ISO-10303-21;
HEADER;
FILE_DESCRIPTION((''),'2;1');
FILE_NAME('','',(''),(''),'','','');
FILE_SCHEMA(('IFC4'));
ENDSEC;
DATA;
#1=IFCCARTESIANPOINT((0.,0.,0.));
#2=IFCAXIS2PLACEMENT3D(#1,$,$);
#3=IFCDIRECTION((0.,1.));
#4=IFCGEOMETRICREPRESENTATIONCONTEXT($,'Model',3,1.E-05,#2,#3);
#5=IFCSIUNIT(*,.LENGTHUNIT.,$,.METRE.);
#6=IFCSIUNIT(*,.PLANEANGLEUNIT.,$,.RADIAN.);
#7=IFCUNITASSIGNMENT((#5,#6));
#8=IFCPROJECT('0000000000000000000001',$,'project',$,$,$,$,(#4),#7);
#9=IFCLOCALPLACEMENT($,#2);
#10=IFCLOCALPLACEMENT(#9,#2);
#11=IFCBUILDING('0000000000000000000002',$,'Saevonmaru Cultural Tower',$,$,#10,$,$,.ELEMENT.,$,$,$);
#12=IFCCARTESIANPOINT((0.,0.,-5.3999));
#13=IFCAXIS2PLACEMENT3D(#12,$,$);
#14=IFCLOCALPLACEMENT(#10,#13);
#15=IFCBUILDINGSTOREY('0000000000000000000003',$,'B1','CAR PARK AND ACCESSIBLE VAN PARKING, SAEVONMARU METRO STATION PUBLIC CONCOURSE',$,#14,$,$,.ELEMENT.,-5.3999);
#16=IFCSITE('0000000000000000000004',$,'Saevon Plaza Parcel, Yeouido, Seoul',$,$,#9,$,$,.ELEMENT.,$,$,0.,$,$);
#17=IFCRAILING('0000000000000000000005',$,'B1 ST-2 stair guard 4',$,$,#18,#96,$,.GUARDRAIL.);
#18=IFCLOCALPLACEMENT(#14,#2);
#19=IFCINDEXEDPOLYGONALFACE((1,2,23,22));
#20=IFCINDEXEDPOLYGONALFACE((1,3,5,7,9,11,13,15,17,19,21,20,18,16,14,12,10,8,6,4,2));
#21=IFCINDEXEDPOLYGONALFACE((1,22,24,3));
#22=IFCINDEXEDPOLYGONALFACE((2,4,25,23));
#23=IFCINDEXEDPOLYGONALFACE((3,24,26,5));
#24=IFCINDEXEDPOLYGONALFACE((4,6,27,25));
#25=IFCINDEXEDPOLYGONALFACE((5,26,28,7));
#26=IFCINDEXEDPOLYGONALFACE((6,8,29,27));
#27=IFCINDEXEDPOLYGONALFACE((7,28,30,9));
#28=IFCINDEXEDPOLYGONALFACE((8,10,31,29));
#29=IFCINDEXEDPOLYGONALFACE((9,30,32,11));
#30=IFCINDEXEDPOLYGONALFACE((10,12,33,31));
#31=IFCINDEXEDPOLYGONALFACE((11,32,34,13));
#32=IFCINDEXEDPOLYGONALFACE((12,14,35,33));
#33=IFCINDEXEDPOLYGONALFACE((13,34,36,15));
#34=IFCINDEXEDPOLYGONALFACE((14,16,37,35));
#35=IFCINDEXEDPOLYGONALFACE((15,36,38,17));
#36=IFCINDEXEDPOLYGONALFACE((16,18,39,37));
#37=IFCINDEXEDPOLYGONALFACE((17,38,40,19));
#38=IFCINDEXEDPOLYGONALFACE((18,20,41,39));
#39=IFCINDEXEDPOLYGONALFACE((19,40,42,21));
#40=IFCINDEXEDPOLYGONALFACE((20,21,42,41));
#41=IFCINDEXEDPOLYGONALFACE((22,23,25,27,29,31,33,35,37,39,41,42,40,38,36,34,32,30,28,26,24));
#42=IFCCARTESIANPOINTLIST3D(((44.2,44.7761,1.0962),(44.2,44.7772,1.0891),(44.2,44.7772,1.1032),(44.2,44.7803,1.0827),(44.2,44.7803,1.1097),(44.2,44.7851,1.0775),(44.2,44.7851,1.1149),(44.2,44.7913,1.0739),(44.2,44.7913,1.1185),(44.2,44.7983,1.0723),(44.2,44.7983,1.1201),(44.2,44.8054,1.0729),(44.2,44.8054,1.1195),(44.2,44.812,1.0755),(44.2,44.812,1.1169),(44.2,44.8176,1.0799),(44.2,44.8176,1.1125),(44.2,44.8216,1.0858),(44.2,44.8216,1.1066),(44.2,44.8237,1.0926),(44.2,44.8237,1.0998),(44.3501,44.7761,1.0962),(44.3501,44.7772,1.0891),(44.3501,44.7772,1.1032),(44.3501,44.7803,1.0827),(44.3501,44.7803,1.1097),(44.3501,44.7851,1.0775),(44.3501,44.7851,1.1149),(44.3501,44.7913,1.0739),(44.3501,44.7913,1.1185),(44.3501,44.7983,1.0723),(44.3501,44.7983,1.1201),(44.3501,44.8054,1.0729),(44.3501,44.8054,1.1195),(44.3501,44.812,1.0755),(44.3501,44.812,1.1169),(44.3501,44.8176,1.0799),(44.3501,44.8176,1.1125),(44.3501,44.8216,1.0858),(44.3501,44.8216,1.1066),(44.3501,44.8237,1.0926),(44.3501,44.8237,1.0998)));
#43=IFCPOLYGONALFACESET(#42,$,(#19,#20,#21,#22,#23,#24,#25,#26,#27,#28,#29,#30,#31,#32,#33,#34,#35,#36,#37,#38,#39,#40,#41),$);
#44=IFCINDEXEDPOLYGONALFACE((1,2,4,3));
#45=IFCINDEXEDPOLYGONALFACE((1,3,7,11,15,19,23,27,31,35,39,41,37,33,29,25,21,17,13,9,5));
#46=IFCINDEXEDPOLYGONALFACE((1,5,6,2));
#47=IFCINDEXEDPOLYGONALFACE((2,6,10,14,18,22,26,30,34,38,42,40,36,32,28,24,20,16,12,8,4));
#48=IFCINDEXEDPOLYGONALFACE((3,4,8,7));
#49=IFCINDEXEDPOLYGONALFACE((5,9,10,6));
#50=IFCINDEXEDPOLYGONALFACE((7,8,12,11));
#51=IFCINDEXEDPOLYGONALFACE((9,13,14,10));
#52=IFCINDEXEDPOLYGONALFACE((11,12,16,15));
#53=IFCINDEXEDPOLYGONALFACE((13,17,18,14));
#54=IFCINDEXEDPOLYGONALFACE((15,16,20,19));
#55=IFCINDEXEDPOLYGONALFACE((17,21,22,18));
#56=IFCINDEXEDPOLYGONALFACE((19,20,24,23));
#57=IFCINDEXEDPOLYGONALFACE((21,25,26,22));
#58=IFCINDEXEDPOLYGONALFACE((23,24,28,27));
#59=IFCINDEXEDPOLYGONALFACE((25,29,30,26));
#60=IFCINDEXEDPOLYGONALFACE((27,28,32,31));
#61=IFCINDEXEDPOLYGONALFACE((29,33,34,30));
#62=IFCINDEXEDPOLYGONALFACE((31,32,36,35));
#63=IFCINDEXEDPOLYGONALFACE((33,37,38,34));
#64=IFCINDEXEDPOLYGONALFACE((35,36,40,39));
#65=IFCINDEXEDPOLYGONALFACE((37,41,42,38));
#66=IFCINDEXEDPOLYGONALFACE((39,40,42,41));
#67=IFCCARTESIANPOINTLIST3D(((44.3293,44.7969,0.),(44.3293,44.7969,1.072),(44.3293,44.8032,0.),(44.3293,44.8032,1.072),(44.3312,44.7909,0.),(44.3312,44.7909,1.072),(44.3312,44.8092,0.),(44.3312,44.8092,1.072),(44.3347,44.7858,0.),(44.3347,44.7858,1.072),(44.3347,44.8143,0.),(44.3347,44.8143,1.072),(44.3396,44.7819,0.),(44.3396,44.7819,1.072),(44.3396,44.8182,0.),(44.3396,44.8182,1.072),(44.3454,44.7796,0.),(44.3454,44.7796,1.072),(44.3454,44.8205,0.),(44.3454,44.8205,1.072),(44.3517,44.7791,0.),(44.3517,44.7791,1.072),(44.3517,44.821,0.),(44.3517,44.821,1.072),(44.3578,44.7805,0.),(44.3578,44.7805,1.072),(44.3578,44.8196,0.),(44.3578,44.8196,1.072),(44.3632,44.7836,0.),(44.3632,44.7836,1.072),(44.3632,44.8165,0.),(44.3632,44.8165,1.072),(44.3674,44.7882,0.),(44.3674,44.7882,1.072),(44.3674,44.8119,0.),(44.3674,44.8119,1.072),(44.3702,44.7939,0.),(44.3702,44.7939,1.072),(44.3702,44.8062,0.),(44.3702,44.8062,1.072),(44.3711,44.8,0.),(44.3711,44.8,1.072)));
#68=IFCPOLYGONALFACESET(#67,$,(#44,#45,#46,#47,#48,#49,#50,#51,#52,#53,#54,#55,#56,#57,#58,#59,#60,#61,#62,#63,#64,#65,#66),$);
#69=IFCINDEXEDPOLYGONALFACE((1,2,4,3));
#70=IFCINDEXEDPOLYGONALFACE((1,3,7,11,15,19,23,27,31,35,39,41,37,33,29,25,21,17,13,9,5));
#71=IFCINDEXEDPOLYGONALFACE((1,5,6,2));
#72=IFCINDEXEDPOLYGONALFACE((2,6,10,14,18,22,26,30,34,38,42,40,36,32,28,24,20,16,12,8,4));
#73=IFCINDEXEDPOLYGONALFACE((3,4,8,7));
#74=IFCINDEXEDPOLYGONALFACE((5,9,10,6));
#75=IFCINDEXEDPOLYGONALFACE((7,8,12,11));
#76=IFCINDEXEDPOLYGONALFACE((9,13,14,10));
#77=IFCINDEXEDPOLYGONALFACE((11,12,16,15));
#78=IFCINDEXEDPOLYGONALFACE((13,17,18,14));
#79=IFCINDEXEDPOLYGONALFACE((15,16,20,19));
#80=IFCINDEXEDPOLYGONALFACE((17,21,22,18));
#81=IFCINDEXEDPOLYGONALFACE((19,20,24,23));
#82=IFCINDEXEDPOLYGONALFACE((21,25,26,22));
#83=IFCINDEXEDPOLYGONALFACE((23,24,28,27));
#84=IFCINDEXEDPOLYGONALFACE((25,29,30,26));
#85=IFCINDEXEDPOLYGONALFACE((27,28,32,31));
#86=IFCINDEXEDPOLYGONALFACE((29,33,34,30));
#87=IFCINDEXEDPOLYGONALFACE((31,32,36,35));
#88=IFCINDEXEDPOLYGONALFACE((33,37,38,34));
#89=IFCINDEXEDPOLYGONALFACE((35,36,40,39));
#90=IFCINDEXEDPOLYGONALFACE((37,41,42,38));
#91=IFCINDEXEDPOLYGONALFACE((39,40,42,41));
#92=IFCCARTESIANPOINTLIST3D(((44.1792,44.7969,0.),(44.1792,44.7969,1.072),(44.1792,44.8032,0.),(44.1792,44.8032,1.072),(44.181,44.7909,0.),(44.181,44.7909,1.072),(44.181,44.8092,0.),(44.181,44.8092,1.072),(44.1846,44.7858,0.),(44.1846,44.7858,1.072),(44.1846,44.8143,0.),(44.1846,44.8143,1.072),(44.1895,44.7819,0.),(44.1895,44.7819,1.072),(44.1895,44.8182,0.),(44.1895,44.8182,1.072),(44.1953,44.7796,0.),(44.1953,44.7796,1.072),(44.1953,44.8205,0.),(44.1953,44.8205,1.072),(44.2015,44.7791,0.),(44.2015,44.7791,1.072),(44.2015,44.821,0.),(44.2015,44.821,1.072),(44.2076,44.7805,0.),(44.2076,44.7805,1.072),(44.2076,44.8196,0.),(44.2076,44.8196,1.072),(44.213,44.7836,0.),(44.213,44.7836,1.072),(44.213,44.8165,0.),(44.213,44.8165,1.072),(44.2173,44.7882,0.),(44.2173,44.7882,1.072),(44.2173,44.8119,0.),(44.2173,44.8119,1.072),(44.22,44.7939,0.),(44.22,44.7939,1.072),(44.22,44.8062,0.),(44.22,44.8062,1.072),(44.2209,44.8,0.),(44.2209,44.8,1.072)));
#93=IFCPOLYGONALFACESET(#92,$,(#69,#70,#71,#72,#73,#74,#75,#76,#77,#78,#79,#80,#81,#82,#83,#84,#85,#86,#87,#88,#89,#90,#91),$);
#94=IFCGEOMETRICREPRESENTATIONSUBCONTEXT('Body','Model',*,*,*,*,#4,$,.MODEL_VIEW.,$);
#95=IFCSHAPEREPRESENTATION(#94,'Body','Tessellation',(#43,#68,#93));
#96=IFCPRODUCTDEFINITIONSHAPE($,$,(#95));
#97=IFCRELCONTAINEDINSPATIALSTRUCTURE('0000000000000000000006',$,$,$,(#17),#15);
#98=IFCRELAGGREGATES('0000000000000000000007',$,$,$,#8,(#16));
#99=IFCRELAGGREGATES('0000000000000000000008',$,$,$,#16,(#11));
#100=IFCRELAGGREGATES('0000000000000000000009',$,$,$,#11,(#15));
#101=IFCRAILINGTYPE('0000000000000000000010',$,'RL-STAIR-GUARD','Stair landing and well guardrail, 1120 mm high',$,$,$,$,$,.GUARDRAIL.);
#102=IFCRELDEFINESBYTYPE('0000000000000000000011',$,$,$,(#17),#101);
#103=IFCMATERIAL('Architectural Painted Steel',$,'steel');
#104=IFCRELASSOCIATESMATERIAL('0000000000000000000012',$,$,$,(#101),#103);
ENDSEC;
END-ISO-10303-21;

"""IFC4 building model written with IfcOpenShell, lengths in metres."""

from ifc_helpers import new_model, si_unit, direction, frame, origin, origin_2d, place, context, subcontext, project, spatial, circle, extrude, material, type_object, element, save


model = new_model("IFC4")

# Units and contexts
model_context = context("Model", 3, precision=1e-05, world=origin(), true_north=direction((0.0, 1.0)))
body_context = subcontext(model_context, "Body", "Model", "MODEL_VIEW")
ifc_project = project(units=[si_unit("LENGTHUNIT", "METRE"), si_unit("PLANEANGLEUNIT", "RADIAN")], contexts=[model_context])

# Site, building, storey
site_placement = place(None, origin())
site = spatial("IfcSite", under=ifc_project, at=site_placement, Name="Saevon Plaza Parcel, Yeouido, Seoul", CompositionType="ELEMENT", RefElevation=0.0)
building_placement = place(site_placement, origin())
building = spatial("IfcBuilding", under=site, at=building_placement, Name="Saevonmaru Cultural Tower", CompositionType="ELEMENT")
storey_placement = place(building_placement, frame((0.0, 0.0, -5.3999)))
storey = spatial("IfcBuildingStorey", under=building, at=storey_placement, Name="B1", Description="CAR PARK AND ACCESSIBLE VAN PARKING, SAEVONMARU METRO STATION PUBLIC CONCOURSE", CompositionType="ELEMENT", Elevation=-5.3999)

# Railing
ifc_material_1 = material(Name="Architectural Painted Steel", Category="steel")
railing_type_1 = type_object("IfcRailingType", Name="RL-STAIR-GUARD", Description="Stair landing and well guardrail, 1120 mm high", PredefinedType="GUARDRAIL", material=ifc_material_1)
railing_1_placement = place(storey_placement, frame((44.3501, 44.8, 0.0)))
element("IfcRailing", 1, at=railing_1_placement, inside=storey, type_object=railing_type_1, Name="B1 ST-2 stair guard 4", PredefinedType="GUARDRAIL", context=body_context, shape_type="SweptSolid", body=[
    extrude(circle(Radius=0.0239, at=origin_2d()), frame((0.0, 0.0, 1.0962), z_axis=(-1.0, 0.0, 0.0), x_axis=(0.0, -1.0, 0.0)), (0.0, 0.0, 1.0), 0.1501),
    extrude(circle(Radius=0.021, at=origin_2d()), origin(), (0.0, 0.0, 1.0), 1.072),
    extrude(circle(Radius=0.021, at=origin_2d()), frame((-0.1501, 0.0, 0.0)), (0.0, 0.0, 1.0), 1.072),
])

save(model, "model.ifc")
